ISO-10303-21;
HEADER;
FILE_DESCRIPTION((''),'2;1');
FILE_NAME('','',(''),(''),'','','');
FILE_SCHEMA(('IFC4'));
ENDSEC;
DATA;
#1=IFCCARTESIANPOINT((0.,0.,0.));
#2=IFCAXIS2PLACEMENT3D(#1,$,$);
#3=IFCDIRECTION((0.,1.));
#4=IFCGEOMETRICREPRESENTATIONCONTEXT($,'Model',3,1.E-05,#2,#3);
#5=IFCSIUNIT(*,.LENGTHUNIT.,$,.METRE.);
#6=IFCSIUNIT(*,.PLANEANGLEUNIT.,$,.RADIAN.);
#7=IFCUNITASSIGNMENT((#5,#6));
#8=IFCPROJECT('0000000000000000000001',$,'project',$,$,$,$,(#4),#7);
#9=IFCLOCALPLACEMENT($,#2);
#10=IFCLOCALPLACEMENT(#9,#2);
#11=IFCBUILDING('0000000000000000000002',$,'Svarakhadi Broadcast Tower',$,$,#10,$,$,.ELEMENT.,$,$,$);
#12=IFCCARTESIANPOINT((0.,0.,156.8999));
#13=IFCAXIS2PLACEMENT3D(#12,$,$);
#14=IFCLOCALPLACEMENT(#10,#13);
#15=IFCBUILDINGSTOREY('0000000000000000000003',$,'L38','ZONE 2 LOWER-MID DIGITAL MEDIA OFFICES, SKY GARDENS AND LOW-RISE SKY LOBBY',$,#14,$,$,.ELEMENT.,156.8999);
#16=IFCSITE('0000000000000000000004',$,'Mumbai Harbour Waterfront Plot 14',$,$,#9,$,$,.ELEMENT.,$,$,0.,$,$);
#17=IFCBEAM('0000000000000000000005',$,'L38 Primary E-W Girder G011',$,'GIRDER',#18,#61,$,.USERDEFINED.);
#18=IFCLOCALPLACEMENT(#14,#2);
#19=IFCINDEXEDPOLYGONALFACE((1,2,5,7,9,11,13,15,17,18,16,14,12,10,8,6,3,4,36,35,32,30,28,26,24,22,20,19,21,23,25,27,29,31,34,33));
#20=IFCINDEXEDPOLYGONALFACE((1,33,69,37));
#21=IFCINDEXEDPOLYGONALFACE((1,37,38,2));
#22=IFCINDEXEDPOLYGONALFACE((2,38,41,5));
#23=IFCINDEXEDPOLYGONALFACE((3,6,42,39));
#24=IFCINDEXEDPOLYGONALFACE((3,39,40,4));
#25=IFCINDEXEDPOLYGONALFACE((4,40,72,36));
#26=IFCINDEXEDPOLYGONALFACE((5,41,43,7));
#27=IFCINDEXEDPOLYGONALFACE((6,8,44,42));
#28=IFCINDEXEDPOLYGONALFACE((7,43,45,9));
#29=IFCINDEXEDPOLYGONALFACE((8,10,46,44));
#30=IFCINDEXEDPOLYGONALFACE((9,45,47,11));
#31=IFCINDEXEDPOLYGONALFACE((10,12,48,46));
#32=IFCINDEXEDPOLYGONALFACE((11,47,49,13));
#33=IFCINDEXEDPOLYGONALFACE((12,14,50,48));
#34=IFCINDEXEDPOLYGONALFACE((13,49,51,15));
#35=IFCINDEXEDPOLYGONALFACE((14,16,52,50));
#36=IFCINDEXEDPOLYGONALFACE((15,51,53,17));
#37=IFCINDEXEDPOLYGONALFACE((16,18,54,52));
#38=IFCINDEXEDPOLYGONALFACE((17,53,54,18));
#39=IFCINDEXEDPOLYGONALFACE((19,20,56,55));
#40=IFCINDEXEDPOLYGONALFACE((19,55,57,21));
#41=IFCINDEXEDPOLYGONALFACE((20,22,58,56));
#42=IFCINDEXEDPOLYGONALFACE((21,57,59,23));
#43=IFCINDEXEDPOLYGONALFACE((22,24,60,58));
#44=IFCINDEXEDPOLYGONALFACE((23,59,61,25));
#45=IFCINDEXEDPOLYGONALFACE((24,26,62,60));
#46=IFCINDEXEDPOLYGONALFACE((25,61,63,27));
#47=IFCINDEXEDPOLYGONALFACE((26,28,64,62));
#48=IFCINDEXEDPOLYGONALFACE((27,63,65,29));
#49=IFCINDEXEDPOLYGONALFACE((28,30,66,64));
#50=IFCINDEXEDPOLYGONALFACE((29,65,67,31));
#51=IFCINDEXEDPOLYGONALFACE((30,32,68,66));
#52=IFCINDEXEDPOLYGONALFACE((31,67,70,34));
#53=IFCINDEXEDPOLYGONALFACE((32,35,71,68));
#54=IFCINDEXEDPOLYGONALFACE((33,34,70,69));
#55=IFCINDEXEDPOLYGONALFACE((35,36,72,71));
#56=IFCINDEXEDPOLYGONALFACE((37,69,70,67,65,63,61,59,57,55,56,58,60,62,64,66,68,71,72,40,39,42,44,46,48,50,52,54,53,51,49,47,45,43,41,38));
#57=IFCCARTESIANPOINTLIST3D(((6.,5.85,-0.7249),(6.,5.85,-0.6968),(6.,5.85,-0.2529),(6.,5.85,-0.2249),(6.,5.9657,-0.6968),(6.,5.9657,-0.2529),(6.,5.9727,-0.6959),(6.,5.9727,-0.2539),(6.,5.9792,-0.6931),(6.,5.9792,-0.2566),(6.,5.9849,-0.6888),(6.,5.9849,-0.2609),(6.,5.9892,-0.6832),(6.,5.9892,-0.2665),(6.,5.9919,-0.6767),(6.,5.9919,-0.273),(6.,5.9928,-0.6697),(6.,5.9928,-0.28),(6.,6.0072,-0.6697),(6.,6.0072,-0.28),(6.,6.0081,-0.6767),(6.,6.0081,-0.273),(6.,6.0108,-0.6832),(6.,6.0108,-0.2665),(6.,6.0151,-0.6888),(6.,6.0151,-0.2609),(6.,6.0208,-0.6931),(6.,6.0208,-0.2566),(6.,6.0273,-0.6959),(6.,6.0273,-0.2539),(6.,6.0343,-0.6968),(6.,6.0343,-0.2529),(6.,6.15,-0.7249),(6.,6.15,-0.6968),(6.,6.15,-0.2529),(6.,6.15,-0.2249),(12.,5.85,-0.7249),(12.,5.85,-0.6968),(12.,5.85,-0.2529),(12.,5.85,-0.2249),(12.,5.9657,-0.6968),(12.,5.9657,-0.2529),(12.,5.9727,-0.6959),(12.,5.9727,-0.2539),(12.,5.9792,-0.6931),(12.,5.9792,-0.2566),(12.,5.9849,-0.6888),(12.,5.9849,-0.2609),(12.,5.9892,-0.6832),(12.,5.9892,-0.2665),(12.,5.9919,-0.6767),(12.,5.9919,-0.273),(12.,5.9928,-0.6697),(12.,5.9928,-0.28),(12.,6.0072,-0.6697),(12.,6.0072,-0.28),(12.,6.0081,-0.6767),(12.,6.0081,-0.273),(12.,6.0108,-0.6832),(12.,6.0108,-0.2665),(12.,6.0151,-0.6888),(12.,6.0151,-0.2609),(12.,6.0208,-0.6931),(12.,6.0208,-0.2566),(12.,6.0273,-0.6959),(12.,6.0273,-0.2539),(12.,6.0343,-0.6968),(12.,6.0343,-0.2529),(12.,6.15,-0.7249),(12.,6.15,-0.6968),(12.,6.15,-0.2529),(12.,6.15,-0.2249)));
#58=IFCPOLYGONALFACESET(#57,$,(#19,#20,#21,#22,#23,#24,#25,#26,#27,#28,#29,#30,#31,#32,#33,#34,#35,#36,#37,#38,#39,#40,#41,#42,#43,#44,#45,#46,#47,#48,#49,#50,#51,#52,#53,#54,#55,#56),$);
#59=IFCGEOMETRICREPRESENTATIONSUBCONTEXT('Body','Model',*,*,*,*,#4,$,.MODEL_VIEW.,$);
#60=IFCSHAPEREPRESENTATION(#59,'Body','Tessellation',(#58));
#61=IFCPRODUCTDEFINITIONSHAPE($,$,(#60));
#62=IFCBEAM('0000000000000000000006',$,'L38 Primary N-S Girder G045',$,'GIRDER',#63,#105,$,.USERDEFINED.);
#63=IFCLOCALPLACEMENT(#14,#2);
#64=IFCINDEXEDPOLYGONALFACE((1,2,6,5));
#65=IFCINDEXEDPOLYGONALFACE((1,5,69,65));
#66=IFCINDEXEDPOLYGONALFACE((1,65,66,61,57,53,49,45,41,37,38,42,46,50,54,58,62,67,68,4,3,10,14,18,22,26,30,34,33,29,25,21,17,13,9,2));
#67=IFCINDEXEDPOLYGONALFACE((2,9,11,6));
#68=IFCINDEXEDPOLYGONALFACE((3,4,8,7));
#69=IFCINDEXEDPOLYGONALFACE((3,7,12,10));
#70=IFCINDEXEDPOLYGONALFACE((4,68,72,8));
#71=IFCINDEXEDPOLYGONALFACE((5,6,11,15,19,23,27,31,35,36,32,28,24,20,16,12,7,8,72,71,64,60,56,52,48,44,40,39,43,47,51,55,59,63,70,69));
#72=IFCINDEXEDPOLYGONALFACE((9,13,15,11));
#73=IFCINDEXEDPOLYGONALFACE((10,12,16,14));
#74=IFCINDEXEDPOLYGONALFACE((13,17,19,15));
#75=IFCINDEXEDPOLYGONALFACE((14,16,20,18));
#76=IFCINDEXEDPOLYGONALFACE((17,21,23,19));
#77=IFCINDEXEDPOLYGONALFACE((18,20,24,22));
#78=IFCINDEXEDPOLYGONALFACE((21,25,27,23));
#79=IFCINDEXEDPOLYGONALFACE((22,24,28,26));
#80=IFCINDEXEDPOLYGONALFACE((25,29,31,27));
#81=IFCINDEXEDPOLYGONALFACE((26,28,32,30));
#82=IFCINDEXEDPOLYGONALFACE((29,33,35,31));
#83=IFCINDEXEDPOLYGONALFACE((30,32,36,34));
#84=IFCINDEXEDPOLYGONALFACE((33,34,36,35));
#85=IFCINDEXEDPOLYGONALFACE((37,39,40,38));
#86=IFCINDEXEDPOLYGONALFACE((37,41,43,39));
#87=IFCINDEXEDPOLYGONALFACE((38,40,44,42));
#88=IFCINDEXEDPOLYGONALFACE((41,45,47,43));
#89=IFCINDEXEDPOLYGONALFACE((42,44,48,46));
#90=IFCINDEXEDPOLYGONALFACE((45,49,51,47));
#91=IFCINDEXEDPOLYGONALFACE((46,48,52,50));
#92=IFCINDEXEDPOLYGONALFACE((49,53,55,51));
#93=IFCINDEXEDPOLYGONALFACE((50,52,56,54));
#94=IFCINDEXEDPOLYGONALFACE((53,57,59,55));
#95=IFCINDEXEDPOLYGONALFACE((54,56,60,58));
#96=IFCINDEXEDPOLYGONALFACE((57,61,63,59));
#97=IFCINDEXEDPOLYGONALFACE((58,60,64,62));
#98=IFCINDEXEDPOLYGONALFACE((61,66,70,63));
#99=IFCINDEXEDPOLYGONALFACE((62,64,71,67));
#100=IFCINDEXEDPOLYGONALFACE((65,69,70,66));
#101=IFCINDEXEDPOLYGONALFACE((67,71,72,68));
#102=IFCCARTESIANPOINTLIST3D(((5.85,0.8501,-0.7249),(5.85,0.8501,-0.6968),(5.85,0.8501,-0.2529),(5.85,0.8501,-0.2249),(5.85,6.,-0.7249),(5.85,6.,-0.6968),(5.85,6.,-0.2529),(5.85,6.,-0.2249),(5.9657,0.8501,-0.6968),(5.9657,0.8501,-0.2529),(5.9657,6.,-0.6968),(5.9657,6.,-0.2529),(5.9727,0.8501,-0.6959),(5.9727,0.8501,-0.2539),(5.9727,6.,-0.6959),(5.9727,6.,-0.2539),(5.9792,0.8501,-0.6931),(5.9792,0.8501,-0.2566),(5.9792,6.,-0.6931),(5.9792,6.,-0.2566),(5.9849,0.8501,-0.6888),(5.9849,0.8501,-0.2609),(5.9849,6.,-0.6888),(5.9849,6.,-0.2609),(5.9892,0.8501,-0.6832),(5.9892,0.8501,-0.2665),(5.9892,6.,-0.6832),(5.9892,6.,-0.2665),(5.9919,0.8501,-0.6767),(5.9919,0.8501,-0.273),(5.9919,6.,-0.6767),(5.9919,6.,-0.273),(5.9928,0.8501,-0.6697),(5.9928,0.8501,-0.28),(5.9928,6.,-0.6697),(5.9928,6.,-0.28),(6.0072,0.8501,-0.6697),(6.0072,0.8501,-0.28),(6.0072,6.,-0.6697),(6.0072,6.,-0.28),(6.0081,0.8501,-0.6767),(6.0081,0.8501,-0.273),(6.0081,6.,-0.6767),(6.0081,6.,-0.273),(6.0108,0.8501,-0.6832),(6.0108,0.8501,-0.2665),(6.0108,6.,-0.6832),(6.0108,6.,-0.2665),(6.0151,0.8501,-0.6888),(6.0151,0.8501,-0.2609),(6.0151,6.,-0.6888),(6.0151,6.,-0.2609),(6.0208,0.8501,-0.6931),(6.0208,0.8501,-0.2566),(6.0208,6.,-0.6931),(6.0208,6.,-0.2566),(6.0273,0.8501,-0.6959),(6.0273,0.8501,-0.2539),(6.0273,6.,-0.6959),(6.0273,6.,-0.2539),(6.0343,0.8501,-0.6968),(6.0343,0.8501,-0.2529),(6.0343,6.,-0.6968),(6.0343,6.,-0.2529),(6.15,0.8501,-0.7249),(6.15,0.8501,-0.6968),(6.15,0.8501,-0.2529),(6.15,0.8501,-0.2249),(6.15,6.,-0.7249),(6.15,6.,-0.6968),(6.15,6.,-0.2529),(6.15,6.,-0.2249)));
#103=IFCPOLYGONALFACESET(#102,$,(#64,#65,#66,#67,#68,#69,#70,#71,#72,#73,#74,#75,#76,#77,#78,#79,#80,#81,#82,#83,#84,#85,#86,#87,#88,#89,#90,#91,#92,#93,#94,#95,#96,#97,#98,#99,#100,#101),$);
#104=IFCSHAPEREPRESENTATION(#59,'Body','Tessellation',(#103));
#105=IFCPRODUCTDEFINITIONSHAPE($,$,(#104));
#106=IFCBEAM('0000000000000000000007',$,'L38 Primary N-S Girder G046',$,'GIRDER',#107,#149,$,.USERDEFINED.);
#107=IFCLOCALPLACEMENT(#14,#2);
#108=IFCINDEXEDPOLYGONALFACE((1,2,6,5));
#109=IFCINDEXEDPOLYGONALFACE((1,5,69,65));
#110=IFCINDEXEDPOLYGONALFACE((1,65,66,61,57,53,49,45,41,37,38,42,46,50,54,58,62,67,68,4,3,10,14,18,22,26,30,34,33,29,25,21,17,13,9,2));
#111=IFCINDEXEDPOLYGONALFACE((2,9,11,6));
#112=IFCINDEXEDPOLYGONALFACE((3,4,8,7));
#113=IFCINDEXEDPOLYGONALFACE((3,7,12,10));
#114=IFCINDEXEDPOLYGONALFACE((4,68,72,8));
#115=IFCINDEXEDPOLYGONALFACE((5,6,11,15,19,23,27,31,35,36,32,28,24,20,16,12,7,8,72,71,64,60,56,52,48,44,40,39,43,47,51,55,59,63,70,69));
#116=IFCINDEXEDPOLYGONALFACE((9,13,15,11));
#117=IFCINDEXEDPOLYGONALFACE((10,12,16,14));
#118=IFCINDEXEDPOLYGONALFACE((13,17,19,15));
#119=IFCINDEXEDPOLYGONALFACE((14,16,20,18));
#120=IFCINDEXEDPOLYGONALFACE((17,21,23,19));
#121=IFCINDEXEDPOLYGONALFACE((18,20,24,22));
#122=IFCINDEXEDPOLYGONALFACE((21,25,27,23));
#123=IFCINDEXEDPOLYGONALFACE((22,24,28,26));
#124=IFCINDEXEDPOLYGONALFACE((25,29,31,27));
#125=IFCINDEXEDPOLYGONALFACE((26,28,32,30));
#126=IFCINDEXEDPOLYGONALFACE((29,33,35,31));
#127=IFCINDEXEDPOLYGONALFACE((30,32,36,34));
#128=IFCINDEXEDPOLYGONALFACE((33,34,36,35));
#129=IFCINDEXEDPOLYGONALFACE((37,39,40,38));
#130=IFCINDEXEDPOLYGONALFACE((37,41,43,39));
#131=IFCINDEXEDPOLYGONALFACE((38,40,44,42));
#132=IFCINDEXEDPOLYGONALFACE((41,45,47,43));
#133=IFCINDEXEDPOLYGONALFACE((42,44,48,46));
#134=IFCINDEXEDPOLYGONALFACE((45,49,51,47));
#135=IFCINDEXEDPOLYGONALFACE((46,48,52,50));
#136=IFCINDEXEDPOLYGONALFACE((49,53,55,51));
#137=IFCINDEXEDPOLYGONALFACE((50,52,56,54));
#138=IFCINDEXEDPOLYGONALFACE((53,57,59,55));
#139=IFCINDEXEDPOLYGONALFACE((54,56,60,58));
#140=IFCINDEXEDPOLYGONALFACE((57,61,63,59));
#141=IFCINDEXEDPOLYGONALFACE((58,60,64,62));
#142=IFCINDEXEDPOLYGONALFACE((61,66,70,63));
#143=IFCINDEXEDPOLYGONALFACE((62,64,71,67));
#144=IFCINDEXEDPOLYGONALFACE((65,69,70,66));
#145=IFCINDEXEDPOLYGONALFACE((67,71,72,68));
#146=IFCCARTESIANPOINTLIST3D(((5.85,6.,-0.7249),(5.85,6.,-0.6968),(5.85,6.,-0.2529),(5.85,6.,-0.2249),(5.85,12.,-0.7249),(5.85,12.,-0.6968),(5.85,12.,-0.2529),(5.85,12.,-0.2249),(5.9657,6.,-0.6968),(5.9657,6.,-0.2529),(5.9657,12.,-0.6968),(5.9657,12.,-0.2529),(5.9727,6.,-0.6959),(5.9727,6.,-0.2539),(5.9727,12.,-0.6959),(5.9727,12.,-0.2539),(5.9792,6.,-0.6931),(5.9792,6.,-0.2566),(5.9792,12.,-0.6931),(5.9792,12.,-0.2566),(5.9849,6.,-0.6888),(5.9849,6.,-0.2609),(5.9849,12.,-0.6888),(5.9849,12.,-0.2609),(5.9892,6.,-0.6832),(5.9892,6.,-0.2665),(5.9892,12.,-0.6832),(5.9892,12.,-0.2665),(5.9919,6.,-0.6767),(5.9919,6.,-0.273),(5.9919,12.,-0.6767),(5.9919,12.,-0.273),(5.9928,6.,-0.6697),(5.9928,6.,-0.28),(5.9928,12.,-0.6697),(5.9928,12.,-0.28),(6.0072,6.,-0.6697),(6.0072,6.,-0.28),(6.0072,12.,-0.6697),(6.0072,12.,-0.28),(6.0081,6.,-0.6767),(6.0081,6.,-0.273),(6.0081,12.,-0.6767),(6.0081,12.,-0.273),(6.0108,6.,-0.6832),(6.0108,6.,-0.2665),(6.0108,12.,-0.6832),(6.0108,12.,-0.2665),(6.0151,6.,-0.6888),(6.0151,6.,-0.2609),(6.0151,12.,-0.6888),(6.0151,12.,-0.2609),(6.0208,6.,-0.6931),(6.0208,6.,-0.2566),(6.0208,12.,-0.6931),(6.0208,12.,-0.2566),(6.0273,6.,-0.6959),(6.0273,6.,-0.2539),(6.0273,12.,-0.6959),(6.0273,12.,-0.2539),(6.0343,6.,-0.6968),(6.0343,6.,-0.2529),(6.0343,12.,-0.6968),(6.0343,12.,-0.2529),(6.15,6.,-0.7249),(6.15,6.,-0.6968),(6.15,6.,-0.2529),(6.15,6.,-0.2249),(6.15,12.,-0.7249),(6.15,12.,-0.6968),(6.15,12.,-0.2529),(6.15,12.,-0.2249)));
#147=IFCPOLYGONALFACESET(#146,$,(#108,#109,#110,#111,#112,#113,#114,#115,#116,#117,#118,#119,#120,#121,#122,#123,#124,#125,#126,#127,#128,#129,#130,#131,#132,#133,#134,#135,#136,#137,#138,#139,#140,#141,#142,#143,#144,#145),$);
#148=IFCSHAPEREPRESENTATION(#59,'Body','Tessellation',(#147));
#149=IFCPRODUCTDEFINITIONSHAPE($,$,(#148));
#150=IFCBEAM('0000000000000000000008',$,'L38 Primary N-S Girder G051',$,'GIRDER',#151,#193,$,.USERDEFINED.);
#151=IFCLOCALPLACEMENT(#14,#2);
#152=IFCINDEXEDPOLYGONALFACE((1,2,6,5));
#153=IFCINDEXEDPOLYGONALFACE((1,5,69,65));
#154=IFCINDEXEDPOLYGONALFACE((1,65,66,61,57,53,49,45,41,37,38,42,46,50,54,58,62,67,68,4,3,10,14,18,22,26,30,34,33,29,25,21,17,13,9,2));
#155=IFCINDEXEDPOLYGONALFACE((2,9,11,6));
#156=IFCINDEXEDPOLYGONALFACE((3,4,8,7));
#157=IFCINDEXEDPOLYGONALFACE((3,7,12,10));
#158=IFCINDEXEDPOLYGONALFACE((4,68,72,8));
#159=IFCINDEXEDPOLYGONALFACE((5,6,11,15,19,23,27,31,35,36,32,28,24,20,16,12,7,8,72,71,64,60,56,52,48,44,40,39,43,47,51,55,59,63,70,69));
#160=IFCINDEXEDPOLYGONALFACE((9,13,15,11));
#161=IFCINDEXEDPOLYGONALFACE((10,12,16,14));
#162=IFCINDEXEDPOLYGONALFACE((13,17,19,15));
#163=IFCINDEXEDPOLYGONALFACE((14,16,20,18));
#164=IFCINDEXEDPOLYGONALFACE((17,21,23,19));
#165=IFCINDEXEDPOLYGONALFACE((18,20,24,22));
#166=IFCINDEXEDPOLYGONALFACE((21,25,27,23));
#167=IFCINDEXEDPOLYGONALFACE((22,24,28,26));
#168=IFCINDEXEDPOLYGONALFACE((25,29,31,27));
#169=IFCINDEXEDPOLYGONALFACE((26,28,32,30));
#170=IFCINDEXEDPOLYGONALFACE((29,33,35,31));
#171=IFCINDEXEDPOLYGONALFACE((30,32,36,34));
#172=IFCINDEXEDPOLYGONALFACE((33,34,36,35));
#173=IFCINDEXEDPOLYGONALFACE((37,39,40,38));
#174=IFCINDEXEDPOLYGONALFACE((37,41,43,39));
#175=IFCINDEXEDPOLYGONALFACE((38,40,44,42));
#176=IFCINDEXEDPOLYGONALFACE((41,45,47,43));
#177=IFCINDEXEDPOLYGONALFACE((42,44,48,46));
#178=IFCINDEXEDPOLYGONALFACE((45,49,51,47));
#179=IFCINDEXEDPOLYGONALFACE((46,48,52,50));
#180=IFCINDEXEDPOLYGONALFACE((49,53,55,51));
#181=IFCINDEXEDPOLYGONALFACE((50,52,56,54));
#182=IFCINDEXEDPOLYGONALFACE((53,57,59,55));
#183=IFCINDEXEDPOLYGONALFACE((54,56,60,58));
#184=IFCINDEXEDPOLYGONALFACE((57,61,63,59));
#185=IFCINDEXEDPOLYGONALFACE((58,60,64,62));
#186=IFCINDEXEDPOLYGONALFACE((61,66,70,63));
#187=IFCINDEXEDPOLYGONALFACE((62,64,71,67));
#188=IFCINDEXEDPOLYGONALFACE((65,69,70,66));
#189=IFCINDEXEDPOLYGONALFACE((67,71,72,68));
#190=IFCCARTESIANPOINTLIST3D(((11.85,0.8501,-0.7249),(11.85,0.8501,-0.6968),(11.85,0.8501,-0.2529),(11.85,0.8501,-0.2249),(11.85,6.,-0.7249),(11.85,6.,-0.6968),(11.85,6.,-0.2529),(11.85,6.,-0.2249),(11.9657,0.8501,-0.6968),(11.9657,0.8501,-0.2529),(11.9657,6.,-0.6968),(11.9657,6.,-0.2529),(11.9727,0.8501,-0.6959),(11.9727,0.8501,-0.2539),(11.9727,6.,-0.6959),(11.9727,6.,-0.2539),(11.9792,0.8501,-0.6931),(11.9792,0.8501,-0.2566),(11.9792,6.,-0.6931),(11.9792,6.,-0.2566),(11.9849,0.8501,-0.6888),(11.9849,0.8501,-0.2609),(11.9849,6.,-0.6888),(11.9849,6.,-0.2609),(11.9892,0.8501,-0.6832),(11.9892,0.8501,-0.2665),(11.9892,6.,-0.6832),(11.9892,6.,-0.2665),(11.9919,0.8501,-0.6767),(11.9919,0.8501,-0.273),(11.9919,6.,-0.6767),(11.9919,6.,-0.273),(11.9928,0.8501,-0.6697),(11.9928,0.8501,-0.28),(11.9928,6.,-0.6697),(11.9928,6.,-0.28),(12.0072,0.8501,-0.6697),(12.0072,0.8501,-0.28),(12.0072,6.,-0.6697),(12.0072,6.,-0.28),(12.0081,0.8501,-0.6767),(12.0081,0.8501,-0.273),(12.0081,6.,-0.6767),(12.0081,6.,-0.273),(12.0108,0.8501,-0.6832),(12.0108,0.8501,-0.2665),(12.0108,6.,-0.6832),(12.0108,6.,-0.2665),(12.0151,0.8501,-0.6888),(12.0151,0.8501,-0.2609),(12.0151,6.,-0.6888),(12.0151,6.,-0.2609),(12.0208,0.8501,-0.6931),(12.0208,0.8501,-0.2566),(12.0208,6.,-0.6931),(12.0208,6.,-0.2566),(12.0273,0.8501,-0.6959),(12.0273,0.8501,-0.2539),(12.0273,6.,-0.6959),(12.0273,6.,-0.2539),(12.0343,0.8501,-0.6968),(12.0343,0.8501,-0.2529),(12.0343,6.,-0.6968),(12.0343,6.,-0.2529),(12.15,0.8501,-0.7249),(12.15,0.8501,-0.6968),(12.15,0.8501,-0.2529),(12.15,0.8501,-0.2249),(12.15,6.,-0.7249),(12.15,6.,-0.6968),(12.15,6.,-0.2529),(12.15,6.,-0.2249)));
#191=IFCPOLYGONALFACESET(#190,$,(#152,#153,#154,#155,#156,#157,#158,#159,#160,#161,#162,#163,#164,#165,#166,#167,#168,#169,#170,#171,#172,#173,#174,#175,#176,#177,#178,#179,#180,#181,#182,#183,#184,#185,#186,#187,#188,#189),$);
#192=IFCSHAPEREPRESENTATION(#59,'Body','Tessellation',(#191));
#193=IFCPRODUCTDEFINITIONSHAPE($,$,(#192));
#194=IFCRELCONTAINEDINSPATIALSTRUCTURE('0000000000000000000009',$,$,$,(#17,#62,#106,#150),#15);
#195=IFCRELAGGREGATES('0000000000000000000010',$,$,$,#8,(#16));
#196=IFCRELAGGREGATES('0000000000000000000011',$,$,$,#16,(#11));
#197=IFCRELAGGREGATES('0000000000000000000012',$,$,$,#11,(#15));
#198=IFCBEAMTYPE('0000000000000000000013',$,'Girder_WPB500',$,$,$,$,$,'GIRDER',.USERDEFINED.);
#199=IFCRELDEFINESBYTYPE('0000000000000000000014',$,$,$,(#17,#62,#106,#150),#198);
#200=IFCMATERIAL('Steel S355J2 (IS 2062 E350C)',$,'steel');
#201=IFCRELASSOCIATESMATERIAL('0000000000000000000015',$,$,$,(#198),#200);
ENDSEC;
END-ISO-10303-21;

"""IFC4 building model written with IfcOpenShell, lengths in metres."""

from ifc_helpers import new_model, si_unit, direction, frame, origin, origin_2d, place, context, subcontext, project, spatial, i_section, extrude, material, material_profile, profile_set, type_object, element, save


model = new_model("IFC4")

# Units and contexts
model_context = context("Model", 3, precision=1e-05, world=origin(), true_north=direction((0.0, 1.0)))
body_context = subcontext(model_context, "Body", "Model", "MODEL_VIEW")
ifc_project = project(units=[si_unit("LENGTHUNIT", "METRE"), si_unit("PLANEANGLEUNIT", "RADIAN")], contexts=[model_context])

# Site, building, storey
site_placement = place(None, origin())
site = spatial("IfcSite", under=ifc_project, at=site_placement, Name="Mumbai Harbour Waterfront Plot 14", CompositionType="ELEMENT", RefElevation=0.0)
building_placement = place(site_placement, origin())
building = spatial("IfcBuilding", under=site, at=building_placement, Name="Svarakhadi Broadcast Tower", CompositionType="ELEMENT")
storey_placement = place(building_placement, frame((0.0, 0.0, 156.8999)))
storey = spatial("IfcBuildingStorey", under=building, at=storey_placement, Name="L38", Description="ZONE 2 LOWER-MID DIGITAL MEDIA OFFICES, SKY GARDENS AND LOW-RISE SKY LOBBY", CompositionType="ELEMENT", Elevation=156.8999)

# Shared definitions
ifc_material_1 = material(Name="Steel S355J2 (IS 2062 E350C)", Category="steel")

# Beams
ifc_material_profile_1 = material_profile(ifc_material_1, i_section(OverallWidth=0.3, OverallDepth=0.5, WebThickness=0.0144, FlangeThickness=0.0281, FilletRadius=0.0271, at=origin_2d()), Name="WPB 500x300x187")
ifc_profile_set_1 = profile_set([ifc_material_profile_1], Name="Steel S355J2 (IS 2062 E350C)")
beam_type_1 = type_object("IfcBeamType", Name="Girder_WPB500", ElementType="GIRDER", PredefinedType="USERDEFINED", material=ifc_profile_set_1)
for number, where, z_axis, x_axis, name in (
    (1, (6.0, 6.0, -0.4749), (1.0, 0.0, 0.0), (0.0, 1.0, 0.0), "L38 Primary E-W Girder G011"),
):
    element("IfcBeam", number, at=place(storey_placement, frame(where, z_axis=z_axis, x_axis=x_axis)), inside=storey, type_object=beam_type_1, Name=name, ObjectType="GIRDER", PredefinedType="USERDEFINED", context=body_context, shape_type="SweptSolid", body=[
        extrude(i_section(OverallWidth=0.3, OverallDepth=0.5, WebThickness=0.0144, FlangeThickness=0.0281, FilletRadius=0.0271, at=origin_2d()), origin(), (0.0, 0.0, 1.0), 6.0),
    ])
beam_1_placement = place(storey_placement, frame((6.0, 0.8501, -0.4749), z_axis=(0.0, 1.0, 0.0), x_axis=(-1.0, 0.0, 0.0)))
element("IfcBeam", 2, at=beam_1_placement, inside=storey, type_object=beam_type_1, Name="L38 Primary N-S Girder G045", ObjectType="GIRDER", PredefinedType="USERDEFINED", context=body_context, shape_type="SweptSolid", body=[
    extrude(i_section(OverallWidth=0.3, OverallDepth=0.5, WebThickness=0.0144, FlangeThickness=0.0281, FilletRadius=0.0271, at=origin_2d()), origin(), (0.0, 0.0, 1.0), 5.1499),
])
beam_2_placement = place(storey_placement, frame((6.0, 6.0, -0.4749), z_axis=(0.0, 1.0, 0.0), x_axis=(-1.0, 0.0, 0.0)))
element("IfcBeam", 3, at=beam_2_placement, inside=storey, type_object=beam_type_1, Name="L38 Primary N-S Girder G046", ObjectType="GIRDER", PredefinedType="USERDEFINED", context=body_context, shape_type="SweptSolid", body=[
    extrude(i_section(OverallWidth=0.3, OverallDepth=0.5, WebThickness=0.0144, FlangeThickness=0.0281, FilletRadius=0.0271, at=origin_2d()), origin(), (0.0, 0.0, 1.0), 6.0),
])
beam_3_placement = place(storey_placement, frame((12.0, 0.8501, -0.4749), z_axis=(0.0, 1.0, 0.0), x_axis=(-1.0, 0.0, 0.0)))
element("IfcBeam", 4, at=beam_3_placement, inside=storey, type_object=beam_type_1, Name="L38 Primary N-S Girder G051", ObjectType="GIRDER", PredefinedType="USERDEFINED", context=body_context, shape_type="SweptSolid", body=[
    extrude(i_section(OverallWidth=0.3, OverallDepth=0.5, WebThickness=0.0144, FlangeThickness=0.0281, FilletRadius=0.0271, at=origin_2d()), origin(), (0.0, 0.0, 1.0), 5.1499),
])

save(model, "model.ifc")
